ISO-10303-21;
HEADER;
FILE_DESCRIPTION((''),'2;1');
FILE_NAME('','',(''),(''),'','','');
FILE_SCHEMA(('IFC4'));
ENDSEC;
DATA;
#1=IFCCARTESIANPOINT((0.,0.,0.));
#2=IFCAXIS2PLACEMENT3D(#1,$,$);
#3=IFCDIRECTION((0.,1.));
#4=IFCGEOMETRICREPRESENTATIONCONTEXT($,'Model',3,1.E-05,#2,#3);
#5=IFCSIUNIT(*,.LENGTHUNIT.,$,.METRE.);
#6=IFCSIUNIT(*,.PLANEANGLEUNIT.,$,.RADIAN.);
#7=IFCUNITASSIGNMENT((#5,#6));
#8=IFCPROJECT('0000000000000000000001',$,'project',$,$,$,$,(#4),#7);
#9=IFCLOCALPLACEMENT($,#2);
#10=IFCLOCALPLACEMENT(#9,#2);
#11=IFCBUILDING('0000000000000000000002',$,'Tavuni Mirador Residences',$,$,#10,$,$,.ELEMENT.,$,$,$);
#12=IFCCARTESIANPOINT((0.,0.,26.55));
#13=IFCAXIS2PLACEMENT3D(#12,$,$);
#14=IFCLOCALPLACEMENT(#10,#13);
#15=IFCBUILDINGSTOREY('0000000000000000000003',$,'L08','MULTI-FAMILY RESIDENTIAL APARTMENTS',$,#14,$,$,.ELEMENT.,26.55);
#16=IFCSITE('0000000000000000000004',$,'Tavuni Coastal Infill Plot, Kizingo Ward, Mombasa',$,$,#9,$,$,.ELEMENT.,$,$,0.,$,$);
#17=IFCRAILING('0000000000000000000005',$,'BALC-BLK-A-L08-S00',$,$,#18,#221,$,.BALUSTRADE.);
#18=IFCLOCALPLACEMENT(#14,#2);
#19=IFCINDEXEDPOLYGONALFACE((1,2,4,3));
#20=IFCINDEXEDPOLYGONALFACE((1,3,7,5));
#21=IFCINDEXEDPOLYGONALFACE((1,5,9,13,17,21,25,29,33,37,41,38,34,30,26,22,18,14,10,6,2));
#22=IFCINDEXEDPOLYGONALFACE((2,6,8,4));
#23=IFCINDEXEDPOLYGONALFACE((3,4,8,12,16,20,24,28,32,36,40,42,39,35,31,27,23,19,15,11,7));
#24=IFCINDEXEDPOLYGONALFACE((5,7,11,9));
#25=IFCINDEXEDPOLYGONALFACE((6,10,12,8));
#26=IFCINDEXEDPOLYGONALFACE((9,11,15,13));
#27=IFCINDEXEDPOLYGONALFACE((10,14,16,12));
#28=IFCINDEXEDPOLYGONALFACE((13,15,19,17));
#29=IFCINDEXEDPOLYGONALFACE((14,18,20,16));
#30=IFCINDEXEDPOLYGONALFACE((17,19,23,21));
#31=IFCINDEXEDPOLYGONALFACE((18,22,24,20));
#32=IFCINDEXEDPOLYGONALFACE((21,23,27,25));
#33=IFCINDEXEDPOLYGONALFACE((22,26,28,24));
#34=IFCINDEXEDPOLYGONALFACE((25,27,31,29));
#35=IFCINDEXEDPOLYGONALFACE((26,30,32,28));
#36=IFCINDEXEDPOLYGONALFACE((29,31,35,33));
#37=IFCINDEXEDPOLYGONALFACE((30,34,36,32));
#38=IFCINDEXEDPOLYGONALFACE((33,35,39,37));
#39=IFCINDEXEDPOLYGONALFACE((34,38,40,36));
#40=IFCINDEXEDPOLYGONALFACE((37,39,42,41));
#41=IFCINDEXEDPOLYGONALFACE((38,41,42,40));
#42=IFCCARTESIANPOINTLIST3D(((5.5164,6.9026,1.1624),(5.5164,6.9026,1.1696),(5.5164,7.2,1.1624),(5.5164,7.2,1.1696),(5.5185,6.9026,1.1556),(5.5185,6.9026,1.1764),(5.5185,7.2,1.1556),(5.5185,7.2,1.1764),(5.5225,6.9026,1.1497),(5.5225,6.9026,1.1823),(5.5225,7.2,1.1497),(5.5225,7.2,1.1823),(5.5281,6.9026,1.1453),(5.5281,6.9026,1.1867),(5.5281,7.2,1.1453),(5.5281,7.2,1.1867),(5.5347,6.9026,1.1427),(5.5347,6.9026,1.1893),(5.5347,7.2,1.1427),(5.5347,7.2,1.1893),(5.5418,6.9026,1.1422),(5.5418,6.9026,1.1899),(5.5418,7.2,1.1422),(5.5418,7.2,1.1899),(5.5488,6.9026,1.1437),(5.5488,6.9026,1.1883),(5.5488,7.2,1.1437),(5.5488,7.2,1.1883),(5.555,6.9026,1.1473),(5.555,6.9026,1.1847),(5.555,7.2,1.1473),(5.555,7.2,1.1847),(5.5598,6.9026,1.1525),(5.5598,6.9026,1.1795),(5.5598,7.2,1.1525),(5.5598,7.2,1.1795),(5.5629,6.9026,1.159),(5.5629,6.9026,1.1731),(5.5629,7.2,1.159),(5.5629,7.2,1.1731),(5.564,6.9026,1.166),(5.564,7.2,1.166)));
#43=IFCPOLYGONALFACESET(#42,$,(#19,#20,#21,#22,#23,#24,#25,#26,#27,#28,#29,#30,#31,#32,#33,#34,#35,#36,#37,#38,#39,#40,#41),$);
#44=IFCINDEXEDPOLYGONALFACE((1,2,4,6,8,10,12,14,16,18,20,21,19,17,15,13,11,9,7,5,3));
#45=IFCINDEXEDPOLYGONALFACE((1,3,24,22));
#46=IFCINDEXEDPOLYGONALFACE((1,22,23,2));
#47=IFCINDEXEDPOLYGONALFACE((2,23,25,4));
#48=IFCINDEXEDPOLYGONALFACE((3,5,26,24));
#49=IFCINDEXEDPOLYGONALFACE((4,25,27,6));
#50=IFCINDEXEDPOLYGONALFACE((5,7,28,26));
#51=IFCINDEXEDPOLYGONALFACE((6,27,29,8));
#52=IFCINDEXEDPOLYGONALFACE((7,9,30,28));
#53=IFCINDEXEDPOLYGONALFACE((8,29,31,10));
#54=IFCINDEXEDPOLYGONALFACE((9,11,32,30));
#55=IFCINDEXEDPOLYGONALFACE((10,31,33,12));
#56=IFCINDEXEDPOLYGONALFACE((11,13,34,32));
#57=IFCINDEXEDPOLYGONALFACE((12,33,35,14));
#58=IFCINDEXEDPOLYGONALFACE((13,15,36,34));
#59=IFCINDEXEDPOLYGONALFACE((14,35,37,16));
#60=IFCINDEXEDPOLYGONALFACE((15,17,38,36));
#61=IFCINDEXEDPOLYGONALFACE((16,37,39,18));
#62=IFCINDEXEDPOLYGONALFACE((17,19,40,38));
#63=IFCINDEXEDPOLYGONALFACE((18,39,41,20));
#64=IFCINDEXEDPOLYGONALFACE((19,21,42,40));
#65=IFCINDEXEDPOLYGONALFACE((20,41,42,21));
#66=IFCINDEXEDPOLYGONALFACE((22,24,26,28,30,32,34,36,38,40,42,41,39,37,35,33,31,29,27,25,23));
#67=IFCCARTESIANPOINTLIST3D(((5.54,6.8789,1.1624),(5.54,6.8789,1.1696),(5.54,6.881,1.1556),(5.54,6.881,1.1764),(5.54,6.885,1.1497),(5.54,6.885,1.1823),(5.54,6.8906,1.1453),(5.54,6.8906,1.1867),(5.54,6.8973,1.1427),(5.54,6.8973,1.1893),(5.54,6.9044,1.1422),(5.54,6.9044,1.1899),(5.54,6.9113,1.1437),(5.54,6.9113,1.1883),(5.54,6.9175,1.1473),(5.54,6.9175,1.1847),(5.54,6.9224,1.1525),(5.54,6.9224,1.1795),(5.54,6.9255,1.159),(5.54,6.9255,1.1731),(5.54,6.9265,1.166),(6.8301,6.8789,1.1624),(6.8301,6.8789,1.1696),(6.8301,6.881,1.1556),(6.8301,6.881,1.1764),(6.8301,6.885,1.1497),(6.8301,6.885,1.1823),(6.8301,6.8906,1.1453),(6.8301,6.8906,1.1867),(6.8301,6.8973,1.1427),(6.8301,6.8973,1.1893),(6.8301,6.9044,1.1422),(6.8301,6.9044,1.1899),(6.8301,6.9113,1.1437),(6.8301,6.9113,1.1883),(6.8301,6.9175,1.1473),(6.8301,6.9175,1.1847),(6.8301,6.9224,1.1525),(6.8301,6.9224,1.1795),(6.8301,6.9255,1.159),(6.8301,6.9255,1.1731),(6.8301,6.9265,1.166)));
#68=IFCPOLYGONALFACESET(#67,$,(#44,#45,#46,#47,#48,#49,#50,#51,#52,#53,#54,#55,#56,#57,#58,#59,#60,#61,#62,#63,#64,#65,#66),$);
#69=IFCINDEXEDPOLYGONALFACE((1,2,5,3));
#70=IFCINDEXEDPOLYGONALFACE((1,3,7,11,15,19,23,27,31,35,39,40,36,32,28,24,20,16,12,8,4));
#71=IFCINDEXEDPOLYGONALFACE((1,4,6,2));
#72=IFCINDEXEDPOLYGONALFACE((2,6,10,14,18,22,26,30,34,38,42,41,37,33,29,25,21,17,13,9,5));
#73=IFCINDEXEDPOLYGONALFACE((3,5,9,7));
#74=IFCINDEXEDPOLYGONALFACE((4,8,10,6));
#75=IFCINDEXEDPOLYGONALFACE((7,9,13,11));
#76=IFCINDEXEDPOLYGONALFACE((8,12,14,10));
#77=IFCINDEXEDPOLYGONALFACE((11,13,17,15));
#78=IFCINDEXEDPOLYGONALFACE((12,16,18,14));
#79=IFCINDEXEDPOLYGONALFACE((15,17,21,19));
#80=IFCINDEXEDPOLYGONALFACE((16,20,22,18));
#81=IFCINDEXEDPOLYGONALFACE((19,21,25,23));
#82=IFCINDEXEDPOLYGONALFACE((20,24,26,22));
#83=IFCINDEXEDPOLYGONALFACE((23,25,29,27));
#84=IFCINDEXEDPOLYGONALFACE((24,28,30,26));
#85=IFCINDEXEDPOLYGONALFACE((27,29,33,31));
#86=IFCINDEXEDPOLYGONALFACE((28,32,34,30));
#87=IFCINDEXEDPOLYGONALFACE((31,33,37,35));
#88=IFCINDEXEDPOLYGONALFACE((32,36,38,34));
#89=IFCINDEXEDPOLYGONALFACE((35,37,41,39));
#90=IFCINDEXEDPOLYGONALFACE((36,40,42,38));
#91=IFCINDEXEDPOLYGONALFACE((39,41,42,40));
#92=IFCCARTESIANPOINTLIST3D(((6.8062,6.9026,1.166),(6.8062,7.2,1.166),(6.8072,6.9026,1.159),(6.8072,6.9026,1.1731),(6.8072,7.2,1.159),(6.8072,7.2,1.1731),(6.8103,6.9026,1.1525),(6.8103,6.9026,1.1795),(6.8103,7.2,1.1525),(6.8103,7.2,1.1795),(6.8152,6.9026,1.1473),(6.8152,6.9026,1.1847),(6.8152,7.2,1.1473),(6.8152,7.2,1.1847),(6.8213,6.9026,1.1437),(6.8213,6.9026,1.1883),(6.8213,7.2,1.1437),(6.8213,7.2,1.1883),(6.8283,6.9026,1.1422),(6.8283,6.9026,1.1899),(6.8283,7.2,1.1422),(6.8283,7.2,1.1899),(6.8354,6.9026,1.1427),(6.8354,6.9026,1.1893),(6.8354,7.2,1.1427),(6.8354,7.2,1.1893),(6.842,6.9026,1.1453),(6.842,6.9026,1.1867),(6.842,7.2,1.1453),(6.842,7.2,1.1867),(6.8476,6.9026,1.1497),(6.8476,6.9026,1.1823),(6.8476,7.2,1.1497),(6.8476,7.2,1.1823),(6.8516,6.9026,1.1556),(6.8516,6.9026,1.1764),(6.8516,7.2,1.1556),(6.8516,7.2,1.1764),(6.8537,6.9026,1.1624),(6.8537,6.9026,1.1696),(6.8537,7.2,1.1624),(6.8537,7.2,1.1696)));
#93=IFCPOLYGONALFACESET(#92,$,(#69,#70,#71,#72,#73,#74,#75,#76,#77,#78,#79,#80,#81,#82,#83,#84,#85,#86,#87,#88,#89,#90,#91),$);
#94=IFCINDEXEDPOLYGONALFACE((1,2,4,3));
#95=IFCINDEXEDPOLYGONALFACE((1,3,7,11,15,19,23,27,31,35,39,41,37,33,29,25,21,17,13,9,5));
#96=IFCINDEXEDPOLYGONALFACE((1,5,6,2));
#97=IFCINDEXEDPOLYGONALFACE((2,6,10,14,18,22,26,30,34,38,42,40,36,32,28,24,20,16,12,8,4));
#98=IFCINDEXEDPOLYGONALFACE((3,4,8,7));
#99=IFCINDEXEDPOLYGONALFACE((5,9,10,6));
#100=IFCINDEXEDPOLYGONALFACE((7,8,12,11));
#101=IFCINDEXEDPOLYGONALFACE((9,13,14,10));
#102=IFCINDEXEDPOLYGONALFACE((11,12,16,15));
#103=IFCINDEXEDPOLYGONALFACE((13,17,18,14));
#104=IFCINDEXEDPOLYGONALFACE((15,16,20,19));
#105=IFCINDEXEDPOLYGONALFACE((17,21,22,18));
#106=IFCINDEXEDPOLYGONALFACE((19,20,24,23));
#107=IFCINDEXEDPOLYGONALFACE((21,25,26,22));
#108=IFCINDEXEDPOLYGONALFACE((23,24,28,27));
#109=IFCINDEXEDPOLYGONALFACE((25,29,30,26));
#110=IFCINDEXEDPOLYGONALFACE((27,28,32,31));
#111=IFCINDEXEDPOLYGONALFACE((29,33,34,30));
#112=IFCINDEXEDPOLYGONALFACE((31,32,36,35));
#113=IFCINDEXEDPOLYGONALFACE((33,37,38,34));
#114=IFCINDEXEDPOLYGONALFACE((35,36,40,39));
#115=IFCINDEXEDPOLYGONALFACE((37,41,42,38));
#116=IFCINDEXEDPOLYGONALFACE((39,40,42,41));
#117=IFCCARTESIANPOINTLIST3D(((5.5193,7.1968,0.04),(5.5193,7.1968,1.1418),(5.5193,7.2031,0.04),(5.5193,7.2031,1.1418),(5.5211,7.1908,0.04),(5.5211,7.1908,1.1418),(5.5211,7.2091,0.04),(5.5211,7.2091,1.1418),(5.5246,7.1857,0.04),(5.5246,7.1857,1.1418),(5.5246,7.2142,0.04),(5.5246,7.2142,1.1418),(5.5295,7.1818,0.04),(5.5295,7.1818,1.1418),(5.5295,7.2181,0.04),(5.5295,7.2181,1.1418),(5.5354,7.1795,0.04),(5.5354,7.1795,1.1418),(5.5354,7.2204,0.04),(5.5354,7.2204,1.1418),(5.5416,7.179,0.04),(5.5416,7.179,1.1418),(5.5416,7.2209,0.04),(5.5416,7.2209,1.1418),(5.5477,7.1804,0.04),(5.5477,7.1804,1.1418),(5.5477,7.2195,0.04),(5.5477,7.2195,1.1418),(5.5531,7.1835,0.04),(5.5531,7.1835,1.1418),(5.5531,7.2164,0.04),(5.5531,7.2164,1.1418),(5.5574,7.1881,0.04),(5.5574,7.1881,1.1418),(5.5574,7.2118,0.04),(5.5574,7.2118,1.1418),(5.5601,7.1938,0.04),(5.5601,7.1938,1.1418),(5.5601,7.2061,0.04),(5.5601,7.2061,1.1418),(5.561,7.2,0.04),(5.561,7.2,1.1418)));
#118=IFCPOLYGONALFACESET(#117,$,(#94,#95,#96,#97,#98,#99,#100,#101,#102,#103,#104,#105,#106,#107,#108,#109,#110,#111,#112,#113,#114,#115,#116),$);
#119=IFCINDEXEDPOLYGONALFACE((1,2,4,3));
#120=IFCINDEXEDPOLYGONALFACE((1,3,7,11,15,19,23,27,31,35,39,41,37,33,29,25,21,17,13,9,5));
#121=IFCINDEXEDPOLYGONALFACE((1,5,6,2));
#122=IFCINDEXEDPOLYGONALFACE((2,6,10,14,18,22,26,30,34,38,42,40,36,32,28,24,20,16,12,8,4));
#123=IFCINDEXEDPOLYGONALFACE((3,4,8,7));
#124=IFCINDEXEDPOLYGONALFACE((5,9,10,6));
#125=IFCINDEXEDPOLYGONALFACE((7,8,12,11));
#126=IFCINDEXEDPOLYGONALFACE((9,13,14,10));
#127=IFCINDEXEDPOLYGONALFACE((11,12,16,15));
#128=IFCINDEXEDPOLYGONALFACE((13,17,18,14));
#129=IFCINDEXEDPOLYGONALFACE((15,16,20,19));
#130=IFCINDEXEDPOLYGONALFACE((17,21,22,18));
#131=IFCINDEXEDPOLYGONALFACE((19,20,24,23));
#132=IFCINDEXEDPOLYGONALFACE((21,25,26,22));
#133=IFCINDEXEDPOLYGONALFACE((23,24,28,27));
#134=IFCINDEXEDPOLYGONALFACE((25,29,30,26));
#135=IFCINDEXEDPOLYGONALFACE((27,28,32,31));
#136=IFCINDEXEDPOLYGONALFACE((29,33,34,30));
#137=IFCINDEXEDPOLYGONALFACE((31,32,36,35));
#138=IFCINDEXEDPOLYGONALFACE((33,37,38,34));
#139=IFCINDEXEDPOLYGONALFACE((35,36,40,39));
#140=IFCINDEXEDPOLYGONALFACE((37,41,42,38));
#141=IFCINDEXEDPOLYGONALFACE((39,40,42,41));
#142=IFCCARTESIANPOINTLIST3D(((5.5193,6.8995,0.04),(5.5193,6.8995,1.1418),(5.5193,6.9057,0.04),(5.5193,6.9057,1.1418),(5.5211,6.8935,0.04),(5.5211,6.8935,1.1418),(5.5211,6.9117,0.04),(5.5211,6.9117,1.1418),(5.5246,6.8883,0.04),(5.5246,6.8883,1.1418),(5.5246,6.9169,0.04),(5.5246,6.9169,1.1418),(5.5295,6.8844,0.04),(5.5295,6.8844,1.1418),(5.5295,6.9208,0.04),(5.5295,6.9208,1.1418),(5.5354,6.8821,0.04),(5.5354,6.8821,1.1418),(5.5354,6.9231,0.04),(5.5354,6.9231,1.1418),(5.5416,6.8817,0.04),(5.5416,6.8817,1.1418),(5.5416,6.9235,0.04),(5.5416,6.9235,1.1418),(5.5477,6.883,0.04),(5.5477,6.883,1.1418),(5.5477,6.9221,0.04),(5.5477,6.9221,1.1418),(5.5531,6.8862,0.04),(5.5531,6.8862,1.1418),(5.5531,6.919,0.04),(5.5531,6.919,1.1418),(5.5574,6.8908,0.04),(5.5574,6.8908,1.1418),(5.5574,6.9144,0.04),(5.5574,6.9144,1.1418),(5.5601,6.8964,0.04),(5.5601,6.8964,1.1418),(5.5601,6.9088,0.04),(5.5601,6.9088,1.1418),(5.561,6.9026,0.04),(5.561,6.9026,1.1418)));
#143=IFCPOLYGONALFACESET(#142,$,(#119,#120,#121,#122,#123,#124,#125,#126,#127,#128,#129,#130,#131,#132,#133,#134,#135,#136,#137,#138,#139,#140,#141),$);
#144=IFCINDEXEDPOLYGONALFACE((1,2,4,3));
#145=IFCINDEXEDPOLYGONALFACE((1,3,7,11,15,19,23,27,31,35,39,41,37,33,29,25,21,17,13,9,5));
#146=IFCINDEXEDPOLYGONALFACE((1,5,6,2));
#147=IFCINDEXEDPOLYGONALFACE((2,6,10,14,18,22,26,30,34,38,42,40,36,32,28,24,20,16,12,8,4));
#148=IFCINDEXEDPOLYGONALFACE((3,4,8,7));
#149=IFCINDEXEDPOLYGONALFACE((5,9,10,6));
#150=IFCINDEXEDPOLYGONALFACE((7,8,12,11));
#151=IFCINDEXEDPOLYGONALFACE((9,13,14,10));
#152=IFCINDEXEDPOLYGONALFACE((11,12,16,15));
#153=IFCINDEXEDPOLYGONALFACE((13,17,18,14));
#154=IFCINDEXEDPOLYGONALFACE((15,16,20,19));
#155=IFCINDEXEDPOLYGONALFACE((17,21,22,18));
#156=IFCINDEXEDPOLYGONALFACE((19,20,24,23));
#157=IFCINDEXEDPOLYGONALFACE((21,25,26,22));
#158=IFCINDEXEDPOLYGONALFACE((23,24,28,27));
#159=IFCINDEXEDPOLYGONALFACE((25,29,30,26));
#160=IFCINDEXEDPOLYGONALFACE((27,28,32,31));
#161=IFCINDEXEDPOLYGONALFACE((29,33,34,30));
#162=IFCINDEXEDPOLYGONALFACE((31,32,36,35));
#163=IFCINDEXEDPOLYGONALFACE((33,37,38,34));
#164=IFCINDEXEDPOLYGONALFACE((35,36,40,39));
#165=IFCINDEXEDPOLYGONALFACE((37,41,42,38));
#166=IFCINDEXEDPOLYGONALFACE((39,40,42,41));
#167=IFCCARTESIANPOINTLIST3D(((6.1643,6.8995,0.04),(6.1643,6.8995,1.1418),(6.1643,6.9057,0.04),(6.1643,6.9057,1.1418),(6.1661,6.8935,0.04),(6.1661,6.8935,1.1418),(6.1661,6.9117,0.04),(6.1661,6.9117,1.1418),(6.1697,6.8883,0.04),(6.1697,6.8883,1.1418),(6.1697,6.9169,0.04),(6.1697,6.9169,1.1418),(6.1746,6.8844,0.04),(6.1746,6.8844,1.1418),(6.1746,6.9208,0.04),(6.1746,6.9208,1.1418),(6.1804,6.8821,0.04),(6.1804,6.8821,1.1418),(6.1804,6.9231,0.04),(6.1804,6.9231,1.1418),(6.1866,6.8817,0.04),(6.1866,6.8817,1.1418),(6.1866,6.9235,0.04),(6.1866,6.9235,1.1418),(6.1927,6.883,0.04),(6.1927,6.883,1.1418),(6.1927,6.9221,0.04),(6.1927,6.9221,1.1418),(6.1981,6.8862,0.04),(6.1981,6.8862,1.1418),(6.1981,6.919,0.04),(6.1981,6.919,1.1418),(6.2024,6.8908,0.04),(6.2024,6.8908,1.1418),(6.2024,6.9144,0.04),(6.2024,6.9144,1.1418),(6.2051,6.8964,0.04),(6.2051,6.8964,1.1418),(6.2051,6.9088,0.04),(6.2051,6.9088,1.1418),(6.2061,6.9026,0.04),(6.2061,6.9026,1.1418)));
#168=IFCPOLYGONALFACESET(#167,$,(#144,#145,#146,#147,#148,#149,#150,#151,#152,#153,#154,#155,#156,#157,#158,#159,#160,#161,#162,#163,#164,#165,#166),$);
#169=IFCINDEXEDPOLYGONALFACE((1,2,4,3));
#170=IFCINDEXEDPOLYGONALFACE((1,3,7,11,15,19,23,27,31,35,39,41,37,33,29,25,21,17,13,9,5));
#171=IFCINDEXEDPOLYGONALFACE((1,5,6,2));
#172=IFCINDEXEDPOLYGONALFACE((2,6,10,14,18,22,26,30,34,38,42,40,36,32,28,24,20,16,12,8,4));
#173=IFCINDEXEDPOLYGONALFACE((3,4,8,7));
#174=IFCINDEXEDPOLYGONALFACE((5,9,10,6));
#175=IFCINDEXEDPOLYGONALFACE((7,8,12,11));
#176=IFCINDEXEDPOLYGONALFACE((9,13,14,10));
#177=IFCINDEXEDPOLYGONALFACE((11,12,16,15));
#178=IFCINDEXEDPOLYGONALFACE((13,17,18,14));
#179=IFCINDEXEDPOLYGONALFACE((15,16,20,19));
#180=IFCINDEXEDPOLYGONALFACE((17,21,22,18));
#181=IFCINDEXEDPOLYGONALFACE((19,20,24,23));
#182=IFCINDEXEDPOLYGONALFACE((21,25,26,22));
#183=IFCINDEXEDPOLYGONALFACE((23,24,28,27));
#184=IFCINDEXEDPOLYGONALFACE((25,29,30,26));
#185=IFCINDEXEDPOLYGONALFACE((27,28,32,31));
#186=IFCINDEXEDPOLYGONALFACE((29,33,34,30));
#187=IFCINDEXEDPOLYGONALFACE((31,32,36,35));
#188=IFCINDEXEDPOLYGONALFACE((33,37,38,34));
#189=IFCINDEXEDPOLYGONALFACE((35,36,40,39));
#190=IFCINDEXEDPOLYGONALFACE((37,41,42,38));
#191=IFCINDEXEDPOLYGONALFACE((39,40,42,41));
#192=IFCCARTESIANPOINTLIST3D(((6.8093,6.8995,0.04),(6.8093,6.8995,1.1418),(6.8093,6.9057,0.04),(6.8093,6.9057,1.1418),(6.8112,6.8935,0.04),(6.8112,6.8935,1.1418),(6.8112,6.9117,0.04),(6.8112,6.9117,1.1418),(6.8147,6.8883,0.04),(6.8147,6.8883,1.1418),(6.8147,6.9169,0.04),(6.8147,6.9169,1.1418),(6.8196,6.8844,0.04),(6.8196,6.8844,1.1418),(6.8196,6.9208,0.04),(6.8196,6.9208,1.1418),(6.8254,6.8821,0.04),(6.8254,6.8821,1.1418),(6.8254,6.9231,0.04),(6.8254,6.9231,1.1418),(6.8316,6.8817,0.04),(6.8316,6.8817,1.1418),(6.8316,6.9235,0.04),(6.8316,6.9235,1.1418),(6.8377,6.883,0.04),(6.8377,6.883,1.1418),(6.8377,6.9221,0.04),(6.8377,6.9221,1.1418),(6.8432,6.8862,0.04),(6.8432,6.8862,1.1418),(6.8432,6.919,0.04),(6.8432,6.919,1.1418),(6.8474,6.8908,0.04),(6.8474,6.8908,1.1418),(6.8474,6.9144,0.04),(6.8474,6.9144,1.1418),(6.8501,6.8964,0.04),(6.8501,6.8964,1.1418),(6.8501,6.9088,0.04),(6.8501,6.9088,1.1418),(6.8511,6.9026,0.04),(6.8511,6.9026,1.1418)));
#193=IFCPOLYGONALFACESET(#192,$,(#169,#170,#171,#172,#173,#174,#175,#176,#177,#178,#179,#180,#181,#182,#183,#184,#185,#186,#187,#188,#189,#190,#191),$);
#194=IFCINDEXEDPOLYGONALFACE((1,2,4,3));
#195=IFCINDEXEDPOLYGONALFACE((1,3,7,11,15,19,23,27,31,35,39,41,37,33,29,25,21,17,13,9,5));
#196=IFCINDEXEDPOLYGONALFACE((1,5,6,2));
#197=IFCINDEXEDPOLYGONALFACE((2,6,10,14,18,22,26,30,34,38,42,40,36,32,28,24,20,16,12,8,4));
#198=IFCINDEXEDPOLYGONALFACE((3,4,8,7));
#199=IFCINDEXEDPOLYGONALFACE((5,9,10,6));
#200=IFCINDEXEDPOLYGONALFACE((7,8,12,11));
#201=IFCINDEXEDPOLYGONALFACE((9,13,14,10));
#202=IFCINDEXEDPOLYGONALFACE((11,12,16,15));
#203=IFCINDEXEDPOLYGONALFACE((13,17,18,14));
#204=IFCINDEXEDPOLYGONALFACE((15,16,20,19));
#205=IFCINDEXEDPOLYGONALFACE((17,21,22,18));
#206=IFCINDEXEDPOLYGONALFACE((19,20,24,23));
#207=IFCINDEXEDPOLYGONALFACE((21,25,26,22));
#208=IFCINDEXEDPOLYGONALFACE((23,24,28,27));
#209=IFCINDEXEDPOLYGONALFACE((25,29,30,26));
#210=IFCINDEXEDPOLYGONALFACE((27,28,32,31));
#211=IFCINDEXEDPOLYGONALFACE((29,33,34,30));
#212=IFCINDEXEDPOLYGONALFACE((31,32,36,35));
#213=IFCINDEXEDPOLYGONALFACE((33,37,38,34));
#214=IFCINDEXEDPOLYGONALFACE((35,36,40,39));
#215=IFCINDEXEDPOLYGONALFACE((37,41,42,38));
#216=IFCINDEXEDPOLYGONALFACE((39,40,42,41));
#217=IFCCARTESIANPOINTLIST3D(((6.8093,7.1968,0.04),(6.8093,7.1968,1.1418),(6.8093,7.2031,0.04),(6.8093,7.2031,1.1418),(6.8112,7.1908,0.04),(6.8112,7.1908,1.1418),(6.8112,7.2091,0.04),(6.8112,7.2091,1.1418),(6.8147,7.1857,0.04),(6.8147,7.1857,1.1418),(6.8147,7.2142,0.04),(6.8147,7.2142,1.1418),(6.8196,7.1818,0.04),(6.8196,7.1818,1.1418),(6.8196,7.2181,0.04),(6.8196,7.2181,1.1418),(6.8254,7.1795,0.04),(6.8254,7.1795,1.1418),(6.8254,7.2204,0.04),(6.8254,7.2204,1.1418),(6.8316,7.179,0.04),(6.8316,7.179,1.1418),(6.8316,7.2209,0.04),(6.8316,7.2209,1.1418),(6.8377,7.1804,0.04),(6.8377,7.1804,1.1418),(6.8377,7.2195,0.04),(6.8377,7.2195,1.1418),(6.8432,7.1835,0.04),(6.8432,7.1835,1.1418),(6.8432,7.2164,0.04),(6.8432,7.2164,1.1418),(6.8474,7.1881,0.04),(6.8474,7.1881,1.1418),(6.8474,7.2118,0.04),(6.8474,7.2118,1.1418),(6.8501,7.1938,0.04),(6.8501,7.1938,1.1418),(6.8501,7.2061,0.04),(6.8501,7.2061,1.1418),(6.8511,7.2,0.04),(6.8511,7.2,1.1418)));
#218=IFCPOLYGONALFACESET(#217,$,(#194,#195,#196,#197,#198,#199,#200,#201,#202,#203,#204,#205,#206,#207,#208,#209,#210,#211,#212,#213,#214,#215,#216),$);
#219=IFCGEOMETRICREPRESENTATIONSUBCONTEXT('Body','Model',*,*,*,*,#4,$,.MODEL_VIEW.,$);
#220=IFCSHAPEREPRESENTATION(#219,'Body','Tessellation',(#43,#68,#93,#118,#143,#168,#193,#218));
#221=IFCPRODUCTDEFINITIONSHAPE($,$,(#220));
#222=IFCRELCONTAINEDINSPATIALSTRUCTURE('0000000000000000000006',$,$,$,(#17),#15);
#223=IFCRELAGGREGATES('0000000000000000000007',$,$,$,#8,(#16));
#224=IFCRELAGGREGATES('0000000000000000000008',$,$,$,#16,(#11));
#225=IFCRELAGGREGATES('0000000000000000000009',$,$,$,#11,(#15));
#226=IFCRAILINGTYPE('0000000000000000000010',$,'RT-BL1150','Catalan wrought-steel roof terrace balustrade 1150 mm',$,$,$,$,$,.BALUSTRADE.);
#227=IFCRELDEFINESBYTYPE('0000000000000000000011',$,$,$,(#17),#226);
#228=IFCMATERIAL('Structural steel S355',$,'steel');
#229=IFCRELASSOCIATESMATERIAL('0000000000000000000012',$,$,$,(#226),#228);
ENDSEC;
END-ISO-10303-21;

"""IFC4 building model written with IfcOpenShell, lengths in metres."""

from ifc_helpers import new_model, si_unit, direction, frame, origin, origin_2d, place, context, subcontext, project, spatial, circle, extrude, material, type_object, element, save


model = new_model("IFC4")

# Units and contexts
model_context = context("Model", 3, precision=1e-05, world=origin(), true_north=direction((0.0, 1.0)))
body_context = subcontext(model_context, "Body", "Model", "MODEL_VIEW")
ifc_project = project(units=[si_unit("LENGTHUNIT", "METRE"), si_unit("PLANEANGLEUNIT", "RADIAN")], contexts=[model_context])

# Site, building, storey
site_placement = place(None, origin())
site = spatial("IfcSite", under=ifc_project, at=site_placement, Name="Tavuni Coastal Infill Plot, Kizingo Ward, Mombasa", CompositionType="ELEMENT", RefElevation=0.0)
building_placement = place(site_placement, origin())
building = spatial("IfcBuilding", under=site, at=building_placement, Name="Tavuni Mirador Residences", CompositionType="ELEMENT")
storey_placement = place(building_placement, frame((0.0, 0.0, 26.55)))
storey = spatial("IfcBuildingStorey", under=building, at=storey_placement, Name="L08", Description="MULTI-FAMILY RESIDENTIAL APARTMENTS", CompositionType="ELEMENT", Elevation=26.55)

# Shared definitions
ifc_material_1 = material(Name="Structural steel S355", Category="steel")

# Railing
railing_type = type_object("IfcRailingType", Name="RT-BL1150", Description="Catalan wrought-steel roof terrace balustrade 1150 mm", PredefinedType="BALUSTRADE", material=ifc_material_1)
railing_placement = place(storey_placement, frame((5.54, 7.2, 0.04)))
element("IfcRailing", 1, at=railing_placement, inside=storey, type_object=railing_type, Name="BALC-BLK-A-L08-S00", PredefinedType="BALUSTRADE", context=body_context, shape_type="SweptSolid", body=[
    extrude(circle(Radius=0.0239, at=origin_2d()), frame((0.0, 0.0, 1.126), z_axis=(0.0, -1.0, 0.0), x_axis=(1.0, 0.0, 0.0)), (0.0, 0.0, 1.0), 0.2974),
    extrude(circle(Radius=0.0239, at=origin_2d()), frame((0.0, -0.2974, 1.126), z_axis=(1.0, 0.0, 0.0), x_axis=(0.0, 1.0, 0.0)), (0.0, 0.0, 1.0), 1.29),
    extrude(circle(Radius=0.0239, at=origin_2d()), frame((1.29, -0.2974, 1.126), z_axis=(0.0, 1.0, 0.0), x_axis=(-1.0, 0.0, 0.0)), (0.0, 0.0, 1.0), 0.2974),
    extrude(circle(Radius=0.021, at=origin_2d()), origin(), (0.0, 0.0, 1.0), 1.1018),
    extrude(circle(Radius=0.021, at=origin_2d()), frame((0.0, -0.2974, 0.0)), (0.0, 0.0, 1.0), 1.1018),
    extrude(circle(Radius=0.021, at=origin_2d()), frame((0.645, -0.2974, 0.0)), (0.0, 0.0, 1.0), 1.1018),
    extrude(circle(Radius=0.021, at=origin_2d()), frame((1.29, -0.2974, 0.0)), (0.0, 0.0, 1.0), 1.1018),
    extrude(circle(Radius=0.021, at=origin_2d()), frame((1.29, 0.0, 0.0)), (0.0, 0.0, 1.0), 1.1018),
])

save(model, "model.ifc")
